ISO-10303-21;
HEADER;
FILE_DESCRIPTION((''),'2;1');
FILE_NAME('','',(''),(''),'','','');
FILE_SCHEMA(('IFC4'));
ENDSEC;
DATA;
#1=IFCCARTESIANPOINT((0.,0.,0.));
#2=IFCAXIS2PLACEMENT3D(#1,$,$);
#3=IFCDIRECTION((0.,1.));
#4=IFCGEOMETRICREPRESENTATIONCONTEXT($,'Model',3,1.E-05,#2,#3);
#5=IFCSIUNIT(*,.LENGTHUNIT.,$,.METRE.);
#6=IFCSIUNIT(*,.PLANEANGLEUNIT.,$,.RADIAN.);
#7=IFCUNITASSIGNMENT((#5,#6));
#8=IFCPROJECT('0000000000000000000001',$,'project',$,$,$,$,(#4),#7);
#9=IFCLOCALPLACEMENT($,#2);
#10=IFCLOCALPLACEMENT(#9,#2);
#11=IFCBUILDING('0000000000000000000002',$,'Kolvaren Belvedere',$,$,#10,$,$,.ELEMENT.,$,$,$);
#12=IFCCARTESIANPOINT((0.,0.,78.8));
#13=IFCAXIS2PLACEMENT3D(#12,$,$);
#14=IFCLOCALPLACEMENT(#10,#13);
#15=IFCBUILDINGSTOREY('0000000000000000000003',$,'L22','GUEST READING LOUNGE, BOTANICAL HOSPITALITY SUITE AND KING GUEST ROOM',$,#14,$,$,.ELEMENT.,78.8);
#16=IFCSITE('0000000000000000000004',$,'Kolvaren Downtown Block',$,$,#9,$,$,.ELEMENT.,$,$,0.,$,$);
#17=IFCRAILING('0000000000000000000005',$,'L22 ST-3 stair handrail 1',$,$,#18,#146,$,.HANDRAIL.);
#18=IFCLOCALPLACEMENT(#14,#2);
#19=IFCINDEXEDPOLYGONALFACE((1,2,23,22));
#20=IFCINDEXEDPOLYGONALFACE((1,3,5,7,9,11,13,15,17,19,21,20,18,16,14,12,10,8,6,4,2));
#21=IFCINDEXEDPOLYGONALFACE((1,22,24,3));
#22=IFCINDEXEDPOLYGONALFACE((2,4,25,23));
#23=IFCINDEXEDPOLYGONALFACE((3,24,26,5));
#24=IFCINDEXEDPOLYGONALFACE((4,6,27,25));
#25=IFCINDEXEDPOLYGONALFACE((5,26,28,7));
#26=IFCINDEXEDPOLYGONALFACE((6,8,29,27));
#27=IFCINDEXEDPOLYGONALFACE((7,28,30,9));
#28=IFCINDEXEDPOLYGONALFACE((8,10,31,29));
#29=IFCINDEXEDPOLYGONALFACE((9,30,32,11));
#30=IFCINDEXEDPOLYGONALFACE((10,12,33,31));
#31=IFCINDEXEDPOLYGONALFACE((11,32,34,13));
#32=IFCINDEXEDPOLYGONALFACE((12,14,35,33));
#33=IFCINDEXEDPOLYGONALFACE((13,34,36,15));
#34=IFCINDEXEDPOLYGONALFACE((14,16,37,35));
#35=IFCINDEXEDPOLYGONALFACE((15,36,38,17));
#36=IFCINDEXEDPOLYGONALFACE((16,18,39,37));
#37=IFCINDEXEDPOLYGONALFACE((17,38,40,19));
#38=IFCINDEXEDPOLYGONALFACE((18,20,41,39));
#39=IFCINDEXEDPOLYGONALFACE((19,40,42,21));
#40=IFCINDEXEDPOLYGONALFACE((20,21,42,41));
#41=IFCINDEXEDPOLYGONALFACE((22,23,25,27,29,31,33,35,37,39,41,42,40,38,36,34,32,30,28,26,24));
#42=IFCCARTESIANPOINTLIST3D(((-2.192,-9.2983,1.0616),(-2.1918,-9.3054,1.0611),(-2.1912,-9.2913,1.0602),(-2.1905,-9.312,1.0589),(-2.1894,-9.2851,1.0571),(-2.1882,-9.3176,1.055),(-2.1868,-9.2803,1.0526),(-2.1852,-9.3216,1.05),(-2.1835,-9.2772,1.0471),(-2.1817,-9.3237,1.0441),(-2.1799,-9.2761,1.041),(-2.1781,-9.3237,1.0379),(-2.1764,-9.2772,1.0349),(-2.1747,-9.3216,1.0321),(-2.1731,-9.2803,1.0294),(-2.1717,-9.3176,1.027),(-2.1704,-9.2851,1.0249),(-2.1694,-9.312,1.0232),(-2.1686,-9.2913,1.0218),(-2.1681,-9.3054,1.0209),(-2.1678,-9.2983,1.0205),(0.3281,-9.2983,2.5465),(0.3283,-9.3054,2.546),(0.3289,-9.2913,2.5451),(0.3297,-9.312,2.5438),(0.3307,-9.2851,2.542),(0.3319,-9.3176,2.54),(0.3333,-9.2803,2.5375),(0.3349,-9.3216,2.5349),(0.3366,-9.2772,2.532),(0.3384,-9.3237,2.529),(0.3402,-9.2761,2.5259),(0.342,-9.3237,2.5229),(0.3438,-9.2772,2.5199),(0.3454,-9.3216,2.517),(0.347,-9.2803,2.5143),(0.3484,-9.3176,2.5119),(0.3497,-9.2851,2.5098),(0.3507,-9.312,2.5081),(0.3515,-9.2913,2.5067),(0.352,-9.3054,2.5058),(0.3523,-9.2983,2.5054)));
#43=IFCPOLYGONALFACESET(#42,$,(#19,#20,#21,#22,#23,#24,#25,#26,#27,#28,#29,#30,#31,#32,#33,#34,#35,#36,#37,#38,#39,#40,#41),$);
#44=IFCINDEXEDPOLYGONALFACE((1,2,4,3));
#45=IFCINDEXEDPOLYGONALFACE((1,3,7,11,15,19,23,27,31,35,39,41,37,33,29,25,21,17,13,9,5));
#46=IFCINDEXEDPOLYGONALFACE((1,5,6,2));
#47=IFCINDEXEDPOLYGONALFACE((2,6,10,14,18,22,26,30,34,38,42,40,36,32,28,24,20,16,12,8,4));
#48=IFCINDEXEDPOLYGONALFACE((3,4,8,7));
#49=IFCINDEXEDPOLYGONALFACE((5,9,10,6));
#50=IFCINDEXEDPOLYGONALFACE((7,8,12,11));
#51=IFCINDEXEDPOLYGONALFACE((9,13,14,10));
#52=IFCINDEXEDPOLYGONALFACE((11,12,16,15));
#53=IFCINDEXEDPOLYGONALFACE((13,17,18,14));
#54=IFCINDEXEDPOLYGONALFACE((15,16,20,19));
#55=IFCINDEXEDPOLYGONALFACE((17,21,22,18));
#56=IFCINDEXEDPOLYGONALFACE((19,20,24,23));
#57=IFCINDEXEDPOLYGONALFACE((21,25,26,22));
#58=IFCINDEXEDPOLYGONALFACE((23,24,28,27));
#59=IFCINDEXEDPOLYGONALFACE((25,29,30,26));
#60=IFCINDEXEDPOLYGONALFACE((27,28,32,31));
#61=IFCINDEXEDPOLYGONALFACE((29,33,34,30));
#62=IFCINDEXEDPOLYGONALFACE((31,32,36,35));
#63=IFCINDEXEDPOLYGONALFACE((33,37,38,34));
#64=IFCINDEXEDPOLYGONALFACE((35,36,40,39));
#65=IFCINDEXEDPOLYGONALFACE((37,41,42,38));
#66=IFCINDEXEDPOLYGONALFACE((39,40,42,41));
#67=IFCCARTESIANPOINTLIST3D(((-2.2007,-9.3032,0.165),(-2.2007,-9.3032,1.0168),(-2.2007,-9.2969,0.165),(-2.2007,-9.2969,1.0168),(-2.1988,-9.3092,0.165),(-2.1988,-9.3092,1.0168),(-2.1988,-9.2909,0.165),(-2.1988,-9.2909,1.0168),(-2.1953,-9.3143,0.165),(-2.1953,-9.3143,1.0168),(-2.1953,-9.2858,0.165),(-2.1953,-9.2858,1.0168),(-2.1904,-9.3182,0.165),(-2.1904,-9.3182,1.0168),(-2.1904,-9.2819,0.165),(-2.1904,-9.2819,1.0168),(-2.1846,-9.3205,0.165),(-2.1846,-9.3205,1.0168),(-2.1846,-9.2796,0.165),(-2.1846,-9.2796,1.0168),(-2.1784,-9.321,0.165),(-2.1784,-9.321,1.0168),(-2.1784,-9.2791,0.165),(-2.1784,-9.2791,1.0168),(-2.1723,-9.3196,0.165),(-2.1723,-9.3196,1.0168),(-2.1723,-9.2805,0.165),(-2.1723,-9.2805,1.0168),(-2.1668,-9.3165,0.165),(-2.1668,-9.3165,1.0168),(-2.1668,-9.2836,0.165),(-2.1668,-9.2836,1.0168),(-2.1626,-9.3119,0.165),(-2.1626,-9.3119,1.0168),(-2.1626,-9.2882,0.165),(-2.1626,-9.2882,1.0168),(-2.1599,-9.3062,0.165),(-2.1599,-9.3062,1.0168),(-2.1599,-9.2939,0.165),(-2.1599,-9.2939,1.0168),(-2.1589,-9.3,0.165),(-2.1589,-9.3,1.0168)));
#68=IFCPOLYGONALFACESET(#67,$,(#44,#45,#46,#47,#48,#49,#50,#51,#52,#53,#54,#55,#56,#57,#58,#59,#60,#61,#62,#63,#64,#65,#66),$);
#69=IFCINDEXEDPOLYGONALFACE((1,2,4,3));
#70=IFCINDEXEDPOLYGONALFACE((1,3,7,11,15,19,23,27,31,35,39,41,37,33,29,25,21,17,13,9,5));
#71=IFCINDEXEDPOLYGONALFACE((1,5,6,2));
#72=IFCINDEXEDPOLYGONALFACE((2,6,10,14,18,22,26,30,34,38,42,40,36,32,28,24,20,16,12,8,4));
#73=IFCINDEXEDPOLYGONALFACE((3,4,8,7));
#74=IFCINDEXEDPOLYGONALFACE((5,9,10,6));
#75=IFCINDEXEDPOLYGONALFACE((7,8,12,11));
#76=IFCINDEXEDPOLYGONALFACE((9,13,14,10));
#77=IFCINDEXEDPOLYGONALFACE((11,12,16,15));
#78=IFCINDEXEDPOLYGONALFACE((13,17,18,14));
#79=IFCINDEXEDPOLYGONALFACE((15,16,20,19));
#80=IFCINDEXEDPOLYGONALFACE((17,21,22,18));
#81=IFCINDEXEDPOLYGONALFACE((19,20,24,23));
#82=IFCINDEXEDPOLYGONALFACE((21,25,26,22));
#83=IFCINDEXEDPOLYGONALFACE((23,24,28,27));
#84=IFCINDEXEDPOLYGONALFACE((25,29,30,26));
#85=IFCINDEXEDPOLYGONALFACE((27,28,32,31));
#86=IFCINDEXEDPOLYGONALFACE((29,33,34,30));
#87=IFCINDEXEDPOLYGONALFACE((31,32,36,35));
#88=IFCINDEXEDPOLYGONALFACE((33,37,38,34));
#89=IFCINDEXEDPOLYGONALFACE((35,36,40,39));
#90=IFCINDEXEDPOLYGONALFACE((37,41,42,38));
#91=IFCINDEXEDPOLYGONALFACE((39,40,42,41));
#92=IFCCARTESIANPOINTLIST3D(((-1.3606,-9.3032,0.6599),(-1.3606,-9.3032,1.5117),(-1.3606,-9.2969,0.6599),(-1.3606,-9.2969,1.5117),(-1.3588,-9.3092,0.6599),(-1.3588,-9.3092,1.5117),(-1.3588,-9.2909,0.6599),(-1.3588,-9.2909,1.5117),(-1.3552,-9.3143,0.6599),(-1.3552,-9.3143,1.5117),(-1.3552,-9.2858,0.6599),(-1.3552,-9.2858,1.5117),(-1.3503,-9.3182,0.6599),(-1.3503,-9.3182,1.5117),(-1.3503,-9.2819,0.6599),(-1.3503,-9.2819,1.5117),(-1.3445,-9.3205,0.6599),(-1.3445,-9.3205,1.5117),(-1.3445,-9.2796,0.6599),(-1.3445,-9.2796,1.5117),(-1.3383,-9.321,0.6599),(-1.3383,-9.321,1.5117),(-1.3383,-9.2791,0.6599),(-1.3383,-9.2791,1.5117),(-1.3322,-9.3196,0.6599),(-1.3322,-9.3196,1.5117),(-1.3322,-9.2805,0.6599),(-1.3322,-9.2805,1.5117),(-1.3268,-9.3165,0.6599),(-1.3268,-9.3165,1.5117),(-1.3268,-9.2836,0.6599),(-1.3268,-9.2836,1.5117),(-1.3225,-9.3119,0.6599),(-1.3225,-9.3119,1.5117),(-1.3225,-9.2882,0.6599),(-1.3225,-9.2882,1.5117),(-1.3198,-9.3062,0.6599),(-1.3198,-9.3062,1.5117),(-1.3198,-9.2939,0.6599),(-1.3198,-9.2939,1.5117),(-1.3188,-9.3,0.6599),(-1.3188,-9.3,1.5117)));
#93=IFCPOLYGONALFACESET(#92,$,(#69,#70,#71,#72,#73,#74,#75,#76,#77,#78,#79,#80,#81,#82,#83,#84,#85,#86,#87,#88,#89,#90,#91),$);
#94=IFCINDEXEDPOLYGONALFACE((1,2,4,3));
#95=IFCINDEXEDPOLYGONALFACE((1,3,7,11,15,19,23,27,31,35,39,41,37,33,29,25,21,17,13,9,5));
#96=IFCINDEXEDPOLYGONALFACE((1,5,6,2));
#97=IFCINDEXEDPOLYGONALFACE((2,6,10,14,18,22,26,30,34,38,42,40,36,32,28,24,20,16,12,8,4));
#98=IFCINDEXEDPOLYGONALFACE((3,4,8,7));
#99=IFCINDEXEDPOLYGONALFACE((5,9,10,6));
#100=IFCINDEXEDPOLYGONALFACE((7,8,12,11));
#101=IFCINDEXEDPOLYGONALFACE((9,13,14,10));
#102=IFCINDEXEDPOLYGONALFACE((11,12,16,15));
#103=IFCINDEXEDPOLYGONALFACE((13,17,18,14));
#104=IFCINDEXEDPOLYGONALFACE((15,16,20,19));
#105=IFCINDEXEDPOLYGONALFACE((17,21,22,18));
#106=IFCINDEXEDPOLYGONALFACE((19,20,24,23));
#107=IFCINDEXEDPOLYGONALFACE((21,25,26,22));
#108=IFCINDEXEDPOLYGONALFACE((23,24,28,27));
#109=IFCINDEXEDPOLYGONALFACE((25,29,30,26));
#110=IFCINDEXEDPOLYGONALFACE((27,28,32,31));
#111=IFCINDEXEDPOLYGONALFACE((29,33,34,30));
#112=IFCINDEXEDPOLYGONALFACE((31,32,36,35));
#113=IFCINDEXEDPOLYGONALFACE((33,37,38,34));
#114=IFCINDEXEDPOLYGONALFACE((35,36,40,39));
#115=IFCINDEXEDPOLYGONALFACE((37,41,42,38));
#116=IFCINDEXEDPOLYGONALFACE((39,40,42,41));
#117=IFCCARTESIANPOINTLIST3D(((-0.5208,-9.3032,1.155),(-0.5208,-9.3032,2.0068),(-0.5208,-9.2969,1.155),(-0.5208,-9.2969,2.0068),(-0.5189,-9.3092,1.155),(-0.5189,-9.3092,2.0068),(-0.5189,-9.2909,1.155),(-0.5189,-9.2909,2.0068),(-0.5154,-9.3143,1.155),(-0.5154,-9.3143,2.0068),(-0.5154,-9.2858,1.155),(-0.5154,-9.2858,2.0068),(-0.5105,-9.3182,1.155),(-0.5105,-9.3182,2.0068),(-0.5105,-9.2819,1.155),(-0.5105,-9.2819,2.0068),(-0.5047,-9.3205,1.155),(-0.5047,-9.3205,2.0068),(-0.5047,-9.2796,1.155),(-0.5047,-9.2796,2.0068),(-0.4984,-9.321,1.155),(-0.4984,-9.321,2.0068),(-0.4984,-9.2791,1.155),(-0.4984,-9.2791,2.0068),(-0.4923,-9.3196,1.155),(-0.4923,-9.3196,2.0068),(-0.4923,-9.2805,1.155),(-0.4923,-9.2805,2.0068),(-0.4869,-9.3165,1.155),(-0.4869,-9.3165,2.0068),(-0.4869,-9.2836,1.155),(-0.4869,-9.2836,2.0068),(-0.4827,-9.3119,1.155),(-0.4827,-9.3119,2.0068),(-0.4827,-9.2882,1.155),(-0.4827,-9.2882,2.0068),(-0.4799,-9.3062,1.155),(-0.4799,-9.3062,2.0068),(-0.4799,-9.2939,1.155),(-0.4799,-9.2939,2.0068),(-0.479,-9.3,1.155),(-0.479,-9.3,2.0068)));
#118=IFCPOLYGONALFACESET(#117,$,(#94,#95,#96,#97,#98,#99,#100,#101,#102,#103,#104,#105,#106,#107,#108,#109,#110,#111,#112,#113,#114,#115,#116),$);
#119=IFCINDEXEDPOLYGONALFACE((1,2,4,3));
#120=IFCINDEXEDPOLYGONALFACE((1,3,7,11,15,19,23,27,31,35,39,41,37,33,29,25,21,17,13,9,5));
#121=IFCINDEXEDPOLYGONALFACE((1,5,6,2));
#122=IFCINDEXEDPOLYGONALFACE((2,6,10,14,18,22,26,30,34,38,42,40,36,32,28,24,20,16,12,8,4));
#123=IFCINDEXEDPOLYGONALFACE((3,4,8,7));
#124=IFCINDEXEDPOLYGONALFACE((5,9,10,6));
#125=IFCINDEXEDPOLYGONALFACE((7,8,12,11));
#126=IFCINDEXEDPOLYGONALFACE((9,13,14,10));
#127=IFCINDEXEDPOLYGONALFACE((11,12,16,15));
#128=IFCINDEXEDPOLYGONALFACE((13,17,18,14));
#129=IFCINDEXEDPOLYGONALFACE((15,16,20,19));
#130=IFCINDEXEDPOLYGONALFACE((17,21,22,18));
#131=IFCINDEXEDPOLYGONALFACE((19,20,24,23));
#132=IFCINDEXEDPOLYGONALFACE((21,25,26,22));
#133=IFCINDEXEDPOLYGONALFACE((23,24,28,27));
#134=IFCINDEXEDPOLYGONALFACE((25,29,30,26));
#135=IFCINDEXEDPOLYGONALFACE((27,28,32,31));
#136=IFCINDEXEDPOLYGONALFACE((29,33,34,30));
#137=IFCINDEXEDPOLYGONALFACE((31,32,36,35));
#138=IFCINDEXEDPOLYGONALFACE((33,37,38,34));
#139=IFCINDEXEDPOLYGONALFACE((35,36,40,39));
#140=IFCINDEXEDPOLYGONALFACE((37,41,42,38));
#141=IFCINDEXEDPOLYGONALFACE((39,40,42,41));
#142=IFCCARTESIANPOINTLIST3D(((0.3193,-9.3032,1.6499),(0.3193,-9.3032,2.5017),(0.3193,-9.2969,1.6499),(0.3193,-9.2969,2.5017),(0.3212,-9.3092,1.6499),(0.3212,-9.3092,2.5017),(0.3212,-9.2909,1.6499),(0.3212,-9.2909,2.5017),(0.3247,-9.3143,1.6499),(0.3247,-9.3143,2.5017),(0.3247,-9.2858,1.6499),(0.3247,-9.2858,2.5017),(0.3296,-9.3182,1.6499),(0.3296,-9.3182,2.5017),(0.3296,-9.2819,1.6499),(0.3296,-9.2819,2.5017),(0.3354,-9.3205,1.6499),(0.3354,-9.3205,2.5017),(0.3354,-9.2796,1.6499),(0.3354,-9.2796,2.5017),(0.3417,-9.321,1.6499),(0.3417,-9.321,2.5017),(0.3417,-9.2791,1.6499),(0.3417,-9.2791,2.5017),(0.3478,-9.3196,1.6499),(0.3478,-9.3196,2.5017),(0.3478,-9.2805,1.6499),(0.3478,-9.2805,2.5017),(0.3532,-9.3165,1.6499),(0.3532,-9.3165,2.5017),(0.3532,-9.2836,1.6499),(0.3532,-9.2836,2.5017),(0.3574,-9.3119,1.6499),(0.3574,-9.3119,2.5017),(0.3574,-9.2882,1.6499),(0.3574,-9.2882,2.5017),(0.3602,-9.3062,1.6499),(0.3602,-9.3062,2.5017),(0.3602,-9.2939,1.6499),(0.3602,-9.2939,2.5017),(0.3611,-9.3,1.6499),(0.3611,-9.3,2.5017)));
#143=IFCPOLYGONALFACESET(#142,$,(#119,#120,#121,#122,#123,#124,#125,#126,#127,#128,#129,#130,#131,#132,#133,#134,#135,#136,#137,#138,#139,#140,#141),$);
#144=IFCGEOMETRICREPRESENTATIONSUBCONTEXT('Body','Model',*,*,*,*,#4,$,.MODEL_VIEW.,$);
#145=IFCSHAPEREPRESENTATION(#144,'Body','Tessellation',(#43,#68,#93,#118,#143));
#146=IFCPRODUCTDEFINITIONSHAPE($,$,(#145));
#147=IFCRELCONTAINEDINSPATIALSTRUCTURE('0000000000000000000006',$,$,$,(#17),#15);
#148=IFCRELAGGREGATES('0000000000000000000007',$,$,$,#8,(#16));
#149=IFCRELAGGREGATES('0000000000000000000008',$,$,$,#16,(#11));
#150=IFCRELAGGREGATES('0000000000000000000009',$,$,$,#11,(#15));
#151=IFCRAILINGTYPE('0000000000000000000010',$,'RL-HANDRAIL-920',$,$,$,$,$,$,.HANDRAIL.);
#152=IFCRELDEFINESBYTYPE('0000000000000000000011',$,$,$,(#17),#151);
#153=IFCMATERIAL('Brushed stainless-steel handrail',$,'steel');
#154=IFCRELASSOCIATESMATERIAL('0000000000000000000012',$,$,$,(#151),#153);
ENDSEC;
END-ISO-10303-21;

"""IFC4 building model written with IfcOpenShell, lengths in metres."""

from ifc_helpers import new_model, si_unit, direction, frame, origin, origin_2d, place, context, subcontext, project, spatial, circle, extrude, material, type_object, element, save


model = new_model("IFC4")

# Units and contexts
model_context = context("Model", 3, precision=1e-05, world=origin(), true_north=direction((0.0, 1.0)))
body_context = subcontext(model_context, "Body", "Model", "MODEL_VIEW")
ifc_project = project(units=[si_unit("LENGTHUNIT", "METRE"), si_unit("PLANEANGLEUNIT", "RADIAN")], contexts=[model_context])

# Site, building, storey
site_placement = place(None, origin())
site = spatial("IfcSite", under=ifc_project, at=site_placement, Name="Kolvaren Downtown Block", CompositionType="ELEMENT", RefElevation=0.0)
building_placement = place(site_placement, origin())
building = spatial("IfcBuilding", under=site, at=building_placement, Name="Kolvaren Belvedere", CompositionType="ELEMENT")
storey_placement = place(building_placement, frame((0.0, 0.0, 78.8)))
storey = spatial("IfcBuildingStorey", under=building, at=storey_placement, Name="L22", Description="GUEST READING LOUNGE, BOTANICAL HOSPITALITY SUITE AND KING GUEST ROOM", CompositionType="ELEMENT", Elevation=78.8)

# Railing
ifc_material_1 = material(Name="Brushed stainless-steel handrail", Category="steel")
railing_type = type_object("IfcRailingType", Name="RL-HANDRAIL-920", PredefinedType="HANDRAIL", material=ifc_material_1)
railing_placement = place(storey_placement, frame((-2.1799, -9.3, 0.165)))
element("IfcRailing", 1, at=railing_placement, inside=storey, type_object=railing_type, Name="L22 ST-3 stair handrail 1", PredefinedType="HANDRAIL", context=body_context, shape_type="SweptSolid", body=[
    extrude(circle(Radius=0.0239, at=origin_2d()), frame((0.0, 0.0, 0.876), z_axis=(0.861561, 0.0, 0.507655), x_axis=(0.0, 1.0, 0.0)), (0.0, 0.0, 1.0), 2.925),
    extrude(circle(Radius=0.021, at=origin_2d()), origin(), (0.0, 0.0, 1.0), 0.8518),
    extrude(circle(Radius=0.021, at=origin_2d()), frame((0.8401, 0.0, 0.4949)), (0.0, 0.0, 1.0), 0.8518),
    extrude(circle(Radius=0.021, at=origin_2d()), frame((1.6799, 0.0, 0.99)), (0.0, 0.0, 1.0), 0.8518),
    extrude(circle(Radius=0.021, at=origin_2d()), frame((2.52, 0.0, 1.4849)), (0.0, 0.0, 1.0), 0.8518),
])

save(model, "model.ifc")
